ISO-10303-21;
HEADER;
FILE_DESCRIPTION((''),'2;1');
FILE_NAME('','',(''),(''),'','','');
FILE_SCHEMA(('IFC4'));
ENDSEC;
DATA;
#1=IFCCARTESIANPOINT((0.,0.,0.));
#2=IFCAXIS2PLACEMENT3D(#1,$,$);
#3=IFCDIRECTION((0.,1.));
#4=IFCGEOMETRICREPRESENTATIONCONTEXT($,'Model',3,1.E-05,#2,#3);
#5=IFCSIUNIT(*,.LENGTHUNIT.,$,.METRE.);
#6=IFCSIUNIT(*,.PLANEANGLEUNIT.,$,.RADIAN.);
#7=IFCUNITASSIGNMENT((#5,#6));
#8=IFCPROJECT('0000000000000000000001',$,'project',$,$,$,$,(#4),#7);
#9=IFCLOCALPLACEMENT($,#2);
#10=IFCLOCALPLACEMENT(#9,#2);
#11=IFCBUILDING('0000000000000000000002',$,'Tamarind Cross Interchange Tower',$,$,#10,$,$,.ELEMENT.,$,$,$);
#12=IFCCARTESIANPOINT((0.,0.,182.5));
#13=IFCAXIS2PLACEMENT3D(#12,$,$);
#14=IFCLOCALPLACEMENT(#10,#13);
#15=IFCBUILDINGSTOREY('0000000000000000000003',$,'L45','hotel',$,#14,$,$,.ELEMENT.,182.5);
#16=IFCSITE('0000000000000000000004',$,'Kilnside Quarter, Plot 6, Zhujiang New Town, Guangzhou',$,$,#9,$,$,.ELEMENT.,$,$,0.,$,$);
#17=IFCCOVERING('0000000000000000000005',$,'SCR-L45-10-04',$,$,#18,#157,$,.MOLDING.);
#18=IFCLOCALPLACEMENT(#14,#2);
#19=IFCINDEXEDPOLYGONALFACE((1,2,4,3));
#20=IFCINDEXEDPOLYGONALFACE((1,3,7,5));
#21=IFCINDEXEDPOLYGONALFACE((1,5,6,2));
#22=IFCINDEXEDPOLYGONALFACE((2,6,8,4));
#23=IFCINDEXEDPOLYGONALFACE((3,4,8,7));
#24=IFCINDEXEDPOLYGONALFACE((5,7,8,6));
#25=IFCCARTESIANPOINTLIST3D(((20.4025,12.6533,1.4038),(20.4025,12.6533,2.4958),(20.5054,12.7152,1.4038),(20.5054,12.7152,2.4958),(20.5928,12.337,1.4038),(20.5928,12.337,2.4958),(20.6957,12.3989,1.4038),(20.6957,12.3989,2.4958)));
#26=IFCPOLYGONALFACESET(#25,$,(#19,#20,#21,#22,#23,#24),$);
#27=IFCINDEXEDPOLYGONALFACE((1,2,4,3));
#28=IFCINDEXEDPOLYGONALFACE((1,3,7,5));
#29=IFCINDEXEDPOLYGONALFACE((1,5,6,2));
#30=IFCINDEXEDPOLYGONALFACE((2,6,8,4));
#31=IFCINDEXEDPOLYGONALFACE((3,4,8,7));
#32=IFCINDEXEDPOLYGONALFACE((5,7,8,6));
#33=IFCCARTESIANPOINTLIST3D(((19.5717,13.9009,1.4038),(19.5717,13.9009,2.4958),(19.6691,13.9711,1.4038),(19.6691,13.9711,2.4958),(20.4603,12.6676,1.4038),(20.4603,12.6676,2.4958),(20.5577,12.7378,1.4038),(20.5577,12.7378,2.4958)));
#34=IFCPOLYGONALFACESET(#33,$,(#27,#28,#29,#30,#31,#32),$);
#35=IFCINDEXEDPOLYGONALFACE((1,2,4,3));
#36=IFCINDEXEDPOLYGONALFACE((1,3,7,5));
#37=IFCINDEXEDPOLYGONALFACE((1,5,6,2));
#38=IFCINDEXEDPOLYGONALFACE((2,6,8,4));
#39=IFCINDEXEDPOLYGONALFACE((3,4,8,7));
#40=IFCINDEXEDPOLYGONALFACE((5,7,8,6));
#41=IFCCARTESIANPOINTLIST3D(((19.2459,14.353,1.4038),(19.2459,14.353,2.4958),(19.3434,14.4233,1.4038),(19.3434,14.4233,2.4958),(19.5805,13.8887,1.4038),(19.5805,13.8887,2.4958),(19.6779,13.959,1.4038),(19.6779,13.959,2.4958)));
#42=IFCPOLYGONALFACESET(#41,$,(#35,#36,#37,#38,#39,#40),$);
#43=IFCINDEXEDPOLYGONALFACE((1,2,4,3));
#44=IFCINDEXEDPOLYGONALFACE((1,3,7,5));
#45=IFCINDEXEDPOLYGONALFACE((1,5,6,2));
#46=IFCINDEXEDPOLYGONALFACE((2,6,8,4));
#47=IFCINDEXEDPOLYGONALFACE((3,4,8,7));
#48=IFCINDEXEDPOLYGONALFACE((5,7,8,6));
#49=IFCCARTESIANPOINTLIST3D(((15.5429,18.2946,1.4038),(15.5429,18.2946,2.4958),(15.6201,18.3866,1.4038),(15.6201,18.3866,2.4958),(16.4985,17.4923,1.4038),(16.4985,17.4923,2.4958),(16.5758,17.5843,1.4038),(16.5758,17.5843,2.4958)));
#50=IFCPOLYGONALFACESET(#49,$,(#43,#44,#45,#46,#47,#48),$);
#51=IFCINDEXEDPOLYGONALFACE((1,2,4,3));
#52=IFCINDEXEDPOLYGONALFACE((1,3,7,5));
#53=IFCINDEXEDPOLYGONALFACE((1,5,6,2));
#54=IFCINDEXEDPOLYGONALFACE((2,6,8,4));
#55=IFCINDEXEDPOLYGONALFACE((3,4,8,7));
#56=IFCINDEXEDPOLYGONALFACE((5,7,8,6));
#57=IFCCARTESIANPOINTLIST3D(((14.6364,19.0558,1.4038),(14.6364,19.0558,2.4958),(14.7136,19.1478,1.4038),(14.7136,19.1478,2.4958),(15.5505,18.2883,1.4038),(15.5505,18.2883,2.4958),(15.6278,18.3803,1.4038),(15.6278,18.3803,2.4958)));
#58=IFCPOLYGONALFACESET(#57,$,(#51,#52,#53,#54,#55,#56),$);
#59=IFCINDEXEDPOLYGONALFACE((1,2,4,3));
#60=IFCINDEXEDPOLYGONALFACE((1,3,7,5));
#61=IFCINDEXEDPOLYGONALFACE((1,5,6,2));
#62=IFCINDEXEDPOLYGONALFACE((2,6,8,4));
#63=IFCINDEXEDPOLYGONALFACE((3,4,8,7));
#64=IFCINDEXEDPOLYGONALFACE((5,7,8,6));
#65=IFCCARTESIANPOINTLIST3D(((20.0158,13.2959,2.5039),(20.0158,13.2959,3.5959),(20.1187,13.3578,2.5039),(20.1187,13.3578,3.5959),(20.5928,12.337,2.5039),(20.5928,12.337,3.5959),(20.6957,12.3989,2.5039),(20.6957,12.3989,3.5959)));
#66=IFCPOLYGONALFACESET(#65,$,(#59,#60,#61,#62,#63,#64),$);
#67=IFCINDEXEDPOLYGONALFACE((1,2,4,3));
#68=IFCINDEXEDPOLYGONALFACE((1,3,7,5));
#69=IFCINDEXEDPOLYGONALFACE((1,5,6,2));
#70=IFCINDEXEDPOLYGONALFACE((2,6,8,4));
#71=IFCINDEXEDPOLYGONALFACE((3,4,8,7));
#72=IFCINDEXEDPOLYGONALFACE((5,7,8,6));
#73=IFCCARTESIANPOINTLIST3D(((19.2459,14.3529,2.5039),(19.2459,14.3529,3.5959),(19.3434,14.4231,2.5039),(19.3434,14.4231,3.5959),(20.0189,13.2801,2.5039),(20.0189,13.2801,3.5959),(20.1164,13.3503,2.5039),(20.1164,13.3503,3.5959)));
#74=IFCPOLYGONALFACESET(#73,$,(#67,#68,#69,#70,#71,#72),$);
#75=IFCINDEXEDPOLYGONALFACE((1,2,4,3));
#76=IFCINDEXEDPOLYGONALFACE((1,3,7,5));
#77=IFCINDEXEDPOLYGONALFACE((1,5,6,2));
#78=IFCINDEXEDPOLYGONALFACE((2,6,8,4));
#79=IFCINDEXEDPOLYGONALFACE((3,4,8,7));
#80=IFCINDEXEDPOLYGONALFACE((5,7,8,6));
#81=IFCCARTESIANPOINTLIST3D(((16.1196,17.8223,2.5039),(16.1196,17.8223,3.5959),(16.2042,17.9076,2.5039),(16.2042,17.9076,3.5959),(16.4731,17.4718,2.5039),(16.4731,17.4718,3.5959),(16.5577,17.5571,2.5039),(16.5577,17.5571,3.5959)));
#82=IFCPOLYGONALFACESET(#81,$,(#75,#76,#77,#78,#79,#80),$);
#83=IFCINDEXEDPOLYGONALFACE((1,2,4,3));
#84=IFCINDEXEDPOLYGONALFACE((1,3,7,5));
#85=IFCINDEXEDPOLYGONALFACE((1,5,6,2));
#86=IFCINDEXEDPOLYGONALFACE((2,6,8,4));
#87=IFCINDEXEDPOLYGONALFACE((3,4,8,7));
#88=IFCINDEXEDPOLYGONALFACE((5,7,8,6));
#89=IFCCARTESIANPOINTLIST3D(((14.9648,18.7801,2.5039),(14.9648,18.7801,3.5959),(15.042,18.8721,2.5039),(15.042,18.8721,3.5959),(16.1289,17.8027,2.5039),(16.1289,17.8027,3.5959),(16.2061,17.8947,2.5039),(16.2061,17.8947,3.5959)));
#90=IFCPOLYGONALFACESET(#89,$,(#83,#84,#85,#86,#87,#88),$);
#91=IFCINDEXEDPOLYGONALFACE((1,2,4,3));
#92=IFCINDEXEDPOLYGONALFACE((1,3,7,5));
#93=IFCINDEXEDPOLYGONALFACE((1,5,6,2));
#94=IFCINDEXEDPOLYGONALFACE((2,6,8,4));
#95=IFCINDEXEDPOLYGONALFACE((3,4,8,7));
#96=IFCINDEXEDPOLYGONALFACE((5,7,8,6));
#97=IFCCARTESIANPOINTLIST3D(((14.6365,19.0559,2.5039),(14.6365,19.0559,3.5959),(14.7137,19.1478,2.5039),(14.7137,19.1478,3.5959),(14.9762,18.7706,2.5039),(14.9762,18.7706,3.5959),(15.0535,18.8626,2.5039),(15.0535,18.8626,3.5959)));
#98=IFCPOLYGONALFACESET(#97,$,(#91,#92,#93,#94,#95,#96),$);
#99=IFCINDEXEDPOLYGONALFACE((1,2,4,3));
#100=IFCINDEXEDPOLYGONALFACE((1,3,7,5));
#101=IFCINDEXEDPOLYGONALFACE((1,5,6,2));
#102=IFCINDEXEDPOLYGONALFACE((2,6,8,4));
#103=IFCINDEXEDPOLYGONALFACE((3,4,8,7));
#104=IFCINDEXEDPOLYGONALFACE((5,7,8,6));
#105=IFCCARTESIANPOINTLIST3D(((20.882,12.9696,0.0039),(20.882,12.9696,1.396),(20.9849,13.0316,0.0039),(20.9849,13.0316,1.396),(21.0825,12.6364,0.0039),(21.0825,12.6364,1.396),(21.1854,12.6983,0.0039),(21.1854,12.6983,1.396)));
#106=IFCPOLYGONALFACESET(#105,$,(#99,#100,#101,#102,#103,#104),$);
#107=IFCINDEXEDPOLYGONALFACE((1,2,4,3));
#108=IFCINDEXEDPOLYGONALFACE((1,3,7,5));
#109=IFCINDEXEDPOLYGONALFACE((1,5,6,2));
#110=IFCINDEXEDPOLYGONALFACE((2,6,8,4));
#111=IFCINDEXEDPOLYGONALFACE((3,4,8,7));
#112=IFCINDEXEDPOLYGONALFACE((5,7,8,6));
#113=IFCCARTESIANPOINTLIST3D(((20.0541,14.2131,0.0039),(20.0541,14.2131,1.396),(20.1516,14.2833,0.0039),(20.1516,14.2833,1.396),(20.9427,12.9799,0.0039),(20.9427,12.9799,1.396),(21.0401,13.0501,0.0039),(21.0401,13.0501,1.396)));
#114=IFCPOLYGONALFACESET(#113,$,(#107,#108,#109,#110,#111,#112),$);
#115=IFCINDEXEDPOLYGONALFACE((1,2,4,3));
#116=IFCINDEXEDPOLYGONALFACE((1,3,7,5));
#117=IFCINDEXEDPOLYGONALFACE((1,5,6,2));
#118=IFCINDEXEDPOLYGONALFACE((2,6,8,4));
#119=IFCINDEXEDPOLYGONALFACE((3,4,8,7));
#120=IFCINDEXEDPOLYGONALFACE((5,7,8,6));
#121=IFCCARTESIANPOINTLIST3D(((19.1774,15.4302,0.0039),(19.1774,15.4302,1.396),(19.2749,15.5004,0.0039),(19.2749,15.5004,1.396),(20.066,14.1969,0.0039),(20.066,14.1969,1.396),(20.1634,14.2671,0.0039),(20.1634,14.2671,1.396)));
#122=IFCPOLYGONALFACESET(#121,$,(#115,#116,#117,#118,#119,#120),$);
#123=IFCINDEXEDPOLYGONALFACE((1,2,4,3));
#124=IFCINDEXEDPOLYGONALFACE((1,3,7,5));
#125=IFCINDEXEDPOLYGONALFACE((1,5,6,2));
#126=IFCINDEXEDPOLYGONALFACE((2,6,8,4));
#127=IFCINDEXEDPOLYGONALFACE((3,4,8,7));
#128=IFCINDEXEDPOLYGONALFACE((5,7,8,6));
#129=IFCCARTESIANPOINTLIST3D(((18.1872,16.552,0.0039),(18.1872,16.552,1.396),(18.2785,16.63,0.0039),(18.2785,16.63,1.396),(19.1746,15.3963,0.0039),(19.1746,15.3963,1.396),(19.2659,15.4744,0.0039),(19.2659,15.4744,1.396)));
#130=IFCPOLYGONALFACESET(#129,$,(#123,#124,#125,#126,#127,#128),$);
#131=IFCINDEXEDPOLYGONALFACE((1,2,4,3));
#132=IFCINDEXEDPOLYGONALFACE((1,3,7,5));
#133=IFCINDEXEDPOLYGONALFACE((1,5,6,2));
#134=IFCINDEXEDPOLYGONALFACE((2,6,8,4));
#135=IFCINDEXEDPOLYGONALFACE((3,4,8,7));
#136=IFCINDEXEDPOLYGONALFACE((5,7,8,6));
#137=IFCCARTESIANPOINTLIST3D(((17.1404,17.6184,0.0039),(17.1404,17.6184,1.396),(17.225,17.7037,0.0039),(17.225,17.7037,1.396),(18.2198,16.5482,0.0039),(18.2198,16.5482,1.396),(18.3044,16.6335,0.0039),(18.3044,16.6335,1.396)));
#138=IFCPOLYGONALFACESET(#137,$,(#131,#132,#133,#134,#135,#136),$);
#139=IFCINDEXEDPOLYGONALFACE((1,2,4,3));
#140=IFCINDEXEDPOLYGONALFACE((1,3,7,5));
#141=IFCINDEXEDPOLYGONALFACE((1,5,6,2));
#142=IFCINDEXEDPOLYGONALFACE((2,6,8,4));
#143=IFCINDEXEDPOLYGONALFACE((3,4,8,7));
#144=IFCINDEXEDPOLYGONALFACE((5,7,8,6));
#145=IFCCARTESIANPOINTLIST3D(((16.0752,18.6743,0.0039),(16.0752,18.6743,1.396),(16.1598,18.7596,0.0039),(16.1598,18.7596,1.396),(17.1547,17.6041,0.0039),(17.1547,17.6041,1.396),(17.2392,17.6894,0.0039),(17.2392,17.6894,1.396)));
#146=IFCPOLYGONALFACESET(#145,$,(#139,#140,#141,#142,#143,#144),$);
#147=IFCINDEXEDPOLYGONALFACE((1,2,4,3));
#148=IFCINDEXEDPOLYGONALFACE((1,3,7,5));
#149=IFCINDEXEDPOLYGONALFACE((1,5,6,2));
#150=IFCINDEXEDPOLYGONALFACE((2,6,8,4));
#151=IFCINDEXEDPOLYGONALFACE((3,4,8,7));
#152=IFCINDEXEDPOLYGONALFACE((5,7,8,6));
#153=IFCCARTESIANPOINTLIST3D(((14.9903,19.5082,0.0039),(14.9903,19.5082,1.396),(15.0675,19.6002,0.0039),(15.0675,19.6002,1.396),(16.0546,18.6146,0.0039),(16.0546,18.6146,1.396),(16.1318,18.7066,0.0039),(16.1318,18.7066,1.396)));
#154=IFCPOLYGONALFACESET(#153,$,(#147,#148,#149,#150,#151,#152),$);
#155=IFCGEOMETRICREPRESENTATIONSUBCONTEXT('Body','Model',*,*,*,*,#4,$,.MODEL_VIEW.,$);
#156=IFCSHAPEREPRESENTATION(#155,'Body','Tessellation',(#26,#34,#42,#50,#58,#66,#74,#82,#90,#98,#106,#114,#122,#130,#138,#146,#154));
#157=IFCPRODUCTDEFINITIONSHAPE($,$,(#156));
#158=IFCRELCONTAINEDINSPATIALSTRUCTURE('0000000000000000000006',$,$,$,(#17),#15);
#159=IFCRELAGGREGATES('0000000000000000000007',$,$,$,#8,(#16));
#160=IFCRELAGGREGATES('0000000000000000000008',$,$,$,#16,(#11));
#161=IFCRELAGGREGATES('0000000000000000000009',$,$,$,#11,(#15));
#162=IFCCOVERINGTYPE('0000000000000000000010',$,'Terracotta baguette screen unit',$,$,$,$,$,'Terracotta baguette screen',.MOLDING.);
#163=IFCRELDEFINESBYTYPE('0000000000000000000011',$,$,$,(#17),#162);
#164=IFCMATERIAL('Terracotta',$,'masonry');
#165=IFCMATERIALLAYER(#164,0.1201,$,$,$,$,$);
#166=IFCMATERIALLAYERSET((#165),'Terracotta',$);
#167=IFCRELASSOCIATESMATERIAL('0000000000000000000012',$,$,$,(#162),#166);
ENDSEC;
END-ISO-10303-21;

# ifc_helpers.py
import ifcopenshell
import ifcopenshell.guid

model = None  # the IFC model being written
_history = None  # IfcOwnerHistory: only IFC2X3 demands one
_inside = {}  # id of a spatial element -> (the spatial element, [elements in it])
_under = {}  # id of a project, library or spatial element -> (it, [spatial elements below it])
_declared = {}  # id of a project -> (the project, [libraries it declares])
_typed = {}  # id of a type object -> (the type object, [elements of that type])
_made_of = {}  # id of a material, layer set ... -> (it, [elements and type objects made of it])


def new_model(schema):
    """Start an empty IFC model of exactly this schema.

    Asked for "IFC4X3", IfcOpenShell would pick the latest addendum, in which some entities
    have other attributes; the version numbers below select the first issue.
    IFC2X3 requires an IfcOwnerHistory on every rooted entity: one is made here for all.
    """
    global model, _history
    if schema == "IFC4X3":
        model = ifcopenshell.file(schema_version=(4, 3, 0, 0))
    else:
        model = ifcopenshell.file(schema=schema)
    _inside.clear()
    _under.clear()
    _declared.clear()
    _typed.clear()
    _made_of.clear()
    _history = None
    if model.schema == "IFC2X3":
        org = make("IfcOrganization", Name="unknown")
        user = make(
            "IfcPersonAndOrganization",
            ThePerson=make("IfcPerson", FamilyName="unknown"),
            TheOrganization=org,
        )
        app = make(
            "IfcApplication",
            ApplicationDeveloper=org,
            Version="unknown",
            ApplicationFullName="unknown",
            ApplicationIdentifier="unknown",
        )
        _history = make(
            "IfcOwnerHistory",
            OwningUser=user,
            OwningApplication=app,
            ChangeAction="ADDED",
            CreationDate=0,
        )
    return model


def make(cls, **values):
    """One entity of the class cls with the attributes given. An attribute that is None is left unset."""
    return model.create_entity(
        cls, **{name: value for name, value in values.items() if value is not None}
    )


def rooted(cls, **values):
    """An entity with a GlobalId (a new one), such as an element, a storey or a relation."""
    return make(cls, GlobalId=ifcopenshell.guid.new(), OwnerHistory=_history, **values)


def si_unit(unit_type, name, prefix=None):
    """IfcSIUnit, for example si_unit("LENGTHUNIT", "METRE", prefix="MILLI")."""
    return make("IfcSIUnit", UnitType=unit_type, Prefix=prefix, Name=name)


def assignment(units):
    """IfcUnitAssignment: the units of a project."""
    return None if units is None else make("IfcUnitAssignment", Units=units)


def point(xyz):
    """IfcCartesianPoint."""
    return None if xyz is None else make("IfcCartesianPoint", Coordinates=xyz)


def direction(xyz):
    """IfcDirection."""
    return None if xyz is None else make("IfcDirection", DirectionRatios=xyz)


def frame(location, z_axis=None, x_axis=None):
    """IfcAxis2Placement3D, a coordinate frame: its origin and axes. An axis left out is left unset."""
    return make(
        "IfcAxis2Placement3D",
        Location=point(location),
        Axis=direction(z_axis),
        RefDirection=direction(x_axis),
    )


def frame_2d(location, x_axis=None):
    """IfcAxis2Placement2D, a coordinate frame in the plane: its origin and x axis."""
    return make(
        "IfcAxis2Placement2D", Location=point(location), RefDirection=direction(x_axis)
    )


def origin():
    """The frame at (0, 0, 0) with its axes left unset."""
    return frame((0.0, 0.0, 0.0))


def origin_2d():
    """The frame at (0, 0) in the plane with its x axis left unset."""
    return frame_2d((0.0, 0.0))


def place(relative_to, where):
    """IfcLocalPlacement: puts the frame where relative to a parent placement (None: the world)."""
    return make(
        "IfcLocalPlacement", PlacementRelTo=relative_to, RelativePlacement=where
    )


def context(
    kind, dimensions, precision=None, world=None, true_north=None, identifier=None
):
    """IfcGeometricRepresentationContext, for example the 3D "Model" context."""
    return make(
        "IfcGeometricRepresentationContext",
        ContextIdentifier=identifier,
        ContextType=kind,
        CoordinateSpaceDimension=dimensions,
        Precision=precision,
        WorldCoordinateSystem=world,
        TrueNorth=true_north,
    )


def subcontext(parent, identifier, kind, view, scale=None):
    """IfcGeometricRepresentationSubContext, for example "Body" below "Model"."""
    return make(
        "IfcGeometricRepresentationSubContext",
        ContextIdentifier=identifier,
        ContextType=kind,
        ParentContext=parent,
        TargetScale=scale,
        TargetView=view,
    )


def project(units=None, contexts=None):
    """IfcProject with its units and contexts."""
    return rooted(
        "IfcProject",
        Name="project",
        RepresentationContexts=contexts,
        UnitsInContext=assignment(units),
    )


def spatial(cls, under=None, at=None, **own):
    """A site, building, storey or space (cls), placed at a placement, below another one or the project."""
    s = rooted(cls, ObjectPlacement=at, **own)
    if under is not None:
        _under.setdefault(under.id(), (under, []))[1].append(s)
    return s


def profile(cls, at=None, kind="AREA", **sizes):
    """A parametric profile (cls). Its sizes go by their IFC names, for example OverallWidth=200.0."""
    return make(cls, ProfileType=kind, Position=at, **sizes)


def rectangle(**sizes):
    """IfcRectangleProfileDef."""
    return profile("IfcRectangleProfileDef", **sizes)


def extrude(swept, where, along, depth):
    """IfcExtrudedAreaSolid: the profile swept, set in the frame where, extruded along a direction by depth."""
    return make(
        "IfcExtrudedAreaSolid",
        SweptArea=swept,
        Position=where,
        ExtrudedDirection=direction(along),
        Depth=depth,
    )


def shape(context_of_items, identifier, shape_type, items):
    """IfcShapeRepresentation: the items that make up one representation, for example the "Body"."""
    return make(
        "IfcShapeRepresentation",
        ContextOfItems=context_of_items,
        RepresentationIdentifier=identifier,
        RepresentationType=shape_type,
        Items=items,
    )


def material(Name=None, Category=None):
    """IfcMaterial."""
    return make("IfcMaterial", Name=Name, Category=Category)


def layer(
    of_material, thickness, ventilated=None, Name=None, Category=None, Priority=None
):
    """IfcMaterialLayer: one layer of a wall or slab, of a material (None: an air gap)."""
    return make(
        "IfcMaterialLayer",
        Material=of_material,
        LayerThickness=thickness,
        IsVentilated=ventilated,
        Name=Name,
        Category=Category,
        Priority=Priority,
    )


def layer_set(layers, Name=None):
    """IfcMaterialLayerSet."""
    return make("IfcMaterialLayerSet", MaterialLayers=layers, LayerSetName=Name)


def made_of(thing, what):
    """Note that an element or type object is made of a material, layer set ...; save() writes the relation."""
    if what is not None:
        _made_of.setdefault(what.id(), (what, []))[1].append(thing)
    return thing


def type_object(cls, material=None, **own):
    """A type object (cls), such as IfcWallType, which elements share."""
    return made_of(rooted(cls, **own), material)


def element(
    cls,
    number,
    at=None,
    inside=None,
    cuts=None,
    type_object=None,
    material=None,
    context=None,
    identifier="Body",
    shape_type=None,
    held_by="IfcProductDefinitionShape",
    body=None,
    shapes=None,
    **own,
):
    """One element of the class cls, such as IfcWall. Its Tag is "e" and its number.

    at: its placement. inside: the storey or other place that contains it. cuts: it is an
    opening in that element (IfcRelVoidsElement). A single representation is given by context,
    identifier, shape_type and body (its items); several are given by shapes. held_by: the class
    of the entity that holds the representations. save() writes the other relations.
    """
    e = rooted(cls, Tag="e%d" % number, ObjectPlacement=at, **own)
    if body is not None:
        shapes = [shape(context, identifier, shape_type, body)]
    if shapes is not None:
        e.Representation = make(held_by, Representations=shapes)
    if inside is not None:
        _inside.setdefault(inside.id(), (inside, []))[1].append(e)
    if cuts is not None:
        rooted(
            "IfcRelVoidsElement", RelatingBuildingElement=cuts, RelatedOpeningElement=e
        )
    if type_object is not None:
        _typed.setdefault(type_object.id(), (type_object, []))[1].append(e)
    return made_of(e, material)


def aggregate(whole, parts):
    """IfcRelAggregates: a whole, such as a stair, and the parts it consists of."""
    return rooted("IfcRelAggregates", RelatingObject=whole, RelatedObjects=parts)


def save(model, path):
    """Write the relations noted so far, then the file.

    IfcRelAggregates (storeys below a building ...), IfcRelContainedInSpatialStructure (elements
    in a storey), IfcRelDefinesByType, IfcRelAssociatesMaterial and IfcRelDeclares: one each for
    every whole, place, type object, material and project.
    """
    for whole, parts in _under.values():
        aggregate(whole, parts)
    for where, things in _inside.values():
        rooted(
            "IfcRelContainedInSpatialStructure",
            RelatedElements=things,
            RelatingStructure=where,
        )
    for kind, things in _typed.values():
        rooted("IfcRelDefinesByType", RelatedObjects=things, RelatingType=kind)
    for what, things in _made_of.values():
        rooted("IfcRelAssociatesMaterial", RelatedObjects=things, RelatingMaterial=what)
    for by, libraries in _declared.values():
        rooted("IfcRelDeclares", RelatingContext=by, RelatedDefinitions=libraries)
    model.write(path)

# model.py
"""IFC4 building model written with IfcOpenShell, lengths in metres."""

from ifc_helpers import new_model, si_unit, direction, frame, origin, origin_2d, place, context, subcontext, project, spatial, rectangle, extrude, material, layer, layer_set, type_object, element, save


model = new_model("IFC4")

# Units and contexts
model_context = context("Model", 3, precision=1e-05, world=origin(), true_north=direction((0.0, 1.0)))
body_context = subcontext(model_context, "Body", "Model", "MODEL_VIEW")
ifc_project = project(units=[si_unit("LENGTHUNIT", "METRE"), si_unit("PLANEANGLEUNIT", "RADIAN")], contexts=[model_context])

# Site, building, storey
site_placement = place(None, origin())
site = spatial("IfcSite", under=ifc_project, at=site_placement, Name="Kilnside Quarter, Plot 6, Zhujiang New Town, Guangzhou", CompositionType="ELEMENT", RefElevation=0.0)
building_placement = place(site_placement, origin())
building = spatial("IfcBuilding", under=site, at=building_placement, Name="Tamarind Cross Interchange Tower", CompositionType="ELEMENT")
storey_placement = place(building_placement, frame((0.0, 0.0, 182.5)))
storey = spatial("IfcBuildingStorey", under=building, at=storey_placement, Name="L45", Description="hotel", CompositionType="ELEMENT", Elevation=182.5)

# Covering
ifc_material_1 = material(Name="Terracotta", Category="masonry")
ifc_layer_1 = layer(ifc_material_1, 0.1201)
ifc_layer_set_1 = layer_set([ifc_layer_1], Name="Terracotta")
covering_type = type_object("IfcCoveringType", Name="Terracotta baguette screen unit", ElementType="Terracotta baguette screen", PredefinedType="MOLDING", material=ifc_layer_set_1)
covering_1_placement = place(storey_placement, origin())
element("IfcCovering", 1, at=covering_1_placement, inside=storey, type_object=covering_type, Name="SCR-L45-10-04", PredefinedType="MOLDING", context=body_context, shape_type="SweptSolid", body=[
    extrude(rectangle(XDim=0.3691, YDim=0.1201, at=origin_2d()), frame((20.5491, 12.5261, 1.4038), z_axis=(0.0, 0.0, 1.0), x_axis=(-0.515577, 0.856843, 0.0)), (0.0, 0.0, 1.0), 1.092),
    extrude(rectangle(XDim=1.52, YDim=0.1201, at=origin_2d()), frame((20.0647, 13.3193, 1.4038), z_axis=(0.0, 0.0, 1.0), x_axis=(-0.584574, 0.81134, 0.0)), (0.0, 0.0, 1.0), 1.092),
    extrude(rectangle(XDim=0.5723, YDim=0.1201, at=origin_2d()), frame((19.4619, 14.156, 1.4038), z_axis=(0.0, 0.0, 1.0), x_axis=(-0.584574, 0.81134, 0.0)), (0.0, 0.0, 1.0), 1.092),
    extrude(rectangle(XDim=1.2478, YDim=0.1201, at=origin_2d()), frame((16.0593, 17.9395, 1.4038), z_axis=(0.0, 0.0, 1.0), x_axis=(-0.765858, 0.643009, 0.0)), (0.0, 0.0, 1.0), 1.092),
    extrude(rectangle(XDim=1.1936, YDim=0.1201, at=origin_2d()), frame((15.1321, 18.718, 1.4038), z_axis=(0.0, 0.0, 1.0), x_axis=(-0.765858, 0.643009, 0.0)), (0.0, 0.0, 1.0), 1.092),
    extrude(rectangle(XDim=1.1191, YDim=0.1201, at=origin_2d()), frame((20.3557, 12.8474, 2.5039), z_axis=(0.0, 0.0, 1.0), x_axis=(-0.515577, 0.856843, 0.0)), (0.0, 0.0, 1.0), 1.092),
    extrude(rectangle(XDim=1.3223, YDim=0.1201, at=origin_2d()), frame((19.6812, 13.8516, 2.5039), z_axis=(0.0, 0.0, 1.0), x_axis=(-0.584574, 0.81134, 0.0)), (0.0, 0.0, 1.0), 1.092),
    extrude(rectangle(XDim=0.4978, YDim=0.1201, at=origin_2d()), frame((16.3386, 17.6897, 2.5039), z_axis=(0.0, 0.0, 1.0), x_axis=(-0.710143, 0.704057, 0.0)), (0.0, 0.0, 1.0), 1.092),
    extrude(rectangle(XDim=1.52, YDim=0.1201, at=origin_2d()), frame((15.5854, 18.3374, 2.5039), z_axis=(0.0, 0.0, 1.0), x_axis=(-0.765858, 0.643009, 0.0)), (0.0, 0.0, 1.0), 1.092),
    extrude(rectangle(XDim=0.4436, YDim=0.1201, at=origin_2d()), frame((14.845, 18.9592, 2.5039), z_axis=(0.0, 0.0, 1.0), x_axis=(-0.765858, 0.643009, 0.0)), (0.0, 0.0, 1.0), 1.092),
    extrude(rectangle(XDim=0.3889, YDim=0.1201, at=origin_2d()), frame((21.0337, 12.834, 0.0039), z_axis=(0.0, 0.0, 1.0), x_axis=(-0.515577, 0.856843, 0.0)), (0.0, 0.0, 1.0), 1.3921),
    extrude(rectangle(XDim=1.52, YDim=0.1201, at=origin_2d()), frame((20.5471, 13.6316, 0.0039), z_axis=(0.0, 0.0, 1.0), x_axis=(-0.584574, 0.81134, 0.0)), (0.0, 0.0, 1.0), 1.3921),
    extrude(rectangle(XDim=1.52, YDim=0.1201, at=origin_2d()), frame((19.6704, 14.8486, 0.0039), z_axis=(0.0, 0.0, 1.0), x_axis=(-0.584574, 0.81134, 0.0)), (0.0, 0.0, 1.0), 1.3921),
    extrude(rectangle(XDim=1.52, YDim=0.1201, at=origin_2d()), frame((18.7266, 16.0132, 0.0039), z_axis=(0.0, 0.0, 1.0), x_axis=(-0.649577, 0.760296, 0.0)), (0.0, 0.0, 1.0), 1.3921),
    extrude(rectangle(XDim=1.52, YDim=0.1201, at=origin_2d()), frame((17.7224, 17.126, 0.0039), z_axis=(0.0, 0.0, 1.0), x_axis=(-0.710143, 0.704057, 0.0)), (0.0, 0.0, 1.0), 1.3921),
    extrude(rectangle(XDim=1.52, YDim=0.1201, at=origin_2d()), frame((16.6572, 18.1819, 0.0039), z_axis=(0.0, 0.0, 1.0), x_axis=(-0.710143, 0.704057, 0.0)), (0.0, 0.0, 1.0), 1.3921),
    extrude(rectangle(XDim=1.3896, YDim=0.1201, at=origin_2d()), frame((15.561, 19.1074, 0.0039), z_axis=(0.0, 0.0, 1.0), x_axis=(-0.765858, 0.643009, 0.0)), (0.0, 0.0, 1.0), 1.3921),
])

save(model, "model.ifc")
